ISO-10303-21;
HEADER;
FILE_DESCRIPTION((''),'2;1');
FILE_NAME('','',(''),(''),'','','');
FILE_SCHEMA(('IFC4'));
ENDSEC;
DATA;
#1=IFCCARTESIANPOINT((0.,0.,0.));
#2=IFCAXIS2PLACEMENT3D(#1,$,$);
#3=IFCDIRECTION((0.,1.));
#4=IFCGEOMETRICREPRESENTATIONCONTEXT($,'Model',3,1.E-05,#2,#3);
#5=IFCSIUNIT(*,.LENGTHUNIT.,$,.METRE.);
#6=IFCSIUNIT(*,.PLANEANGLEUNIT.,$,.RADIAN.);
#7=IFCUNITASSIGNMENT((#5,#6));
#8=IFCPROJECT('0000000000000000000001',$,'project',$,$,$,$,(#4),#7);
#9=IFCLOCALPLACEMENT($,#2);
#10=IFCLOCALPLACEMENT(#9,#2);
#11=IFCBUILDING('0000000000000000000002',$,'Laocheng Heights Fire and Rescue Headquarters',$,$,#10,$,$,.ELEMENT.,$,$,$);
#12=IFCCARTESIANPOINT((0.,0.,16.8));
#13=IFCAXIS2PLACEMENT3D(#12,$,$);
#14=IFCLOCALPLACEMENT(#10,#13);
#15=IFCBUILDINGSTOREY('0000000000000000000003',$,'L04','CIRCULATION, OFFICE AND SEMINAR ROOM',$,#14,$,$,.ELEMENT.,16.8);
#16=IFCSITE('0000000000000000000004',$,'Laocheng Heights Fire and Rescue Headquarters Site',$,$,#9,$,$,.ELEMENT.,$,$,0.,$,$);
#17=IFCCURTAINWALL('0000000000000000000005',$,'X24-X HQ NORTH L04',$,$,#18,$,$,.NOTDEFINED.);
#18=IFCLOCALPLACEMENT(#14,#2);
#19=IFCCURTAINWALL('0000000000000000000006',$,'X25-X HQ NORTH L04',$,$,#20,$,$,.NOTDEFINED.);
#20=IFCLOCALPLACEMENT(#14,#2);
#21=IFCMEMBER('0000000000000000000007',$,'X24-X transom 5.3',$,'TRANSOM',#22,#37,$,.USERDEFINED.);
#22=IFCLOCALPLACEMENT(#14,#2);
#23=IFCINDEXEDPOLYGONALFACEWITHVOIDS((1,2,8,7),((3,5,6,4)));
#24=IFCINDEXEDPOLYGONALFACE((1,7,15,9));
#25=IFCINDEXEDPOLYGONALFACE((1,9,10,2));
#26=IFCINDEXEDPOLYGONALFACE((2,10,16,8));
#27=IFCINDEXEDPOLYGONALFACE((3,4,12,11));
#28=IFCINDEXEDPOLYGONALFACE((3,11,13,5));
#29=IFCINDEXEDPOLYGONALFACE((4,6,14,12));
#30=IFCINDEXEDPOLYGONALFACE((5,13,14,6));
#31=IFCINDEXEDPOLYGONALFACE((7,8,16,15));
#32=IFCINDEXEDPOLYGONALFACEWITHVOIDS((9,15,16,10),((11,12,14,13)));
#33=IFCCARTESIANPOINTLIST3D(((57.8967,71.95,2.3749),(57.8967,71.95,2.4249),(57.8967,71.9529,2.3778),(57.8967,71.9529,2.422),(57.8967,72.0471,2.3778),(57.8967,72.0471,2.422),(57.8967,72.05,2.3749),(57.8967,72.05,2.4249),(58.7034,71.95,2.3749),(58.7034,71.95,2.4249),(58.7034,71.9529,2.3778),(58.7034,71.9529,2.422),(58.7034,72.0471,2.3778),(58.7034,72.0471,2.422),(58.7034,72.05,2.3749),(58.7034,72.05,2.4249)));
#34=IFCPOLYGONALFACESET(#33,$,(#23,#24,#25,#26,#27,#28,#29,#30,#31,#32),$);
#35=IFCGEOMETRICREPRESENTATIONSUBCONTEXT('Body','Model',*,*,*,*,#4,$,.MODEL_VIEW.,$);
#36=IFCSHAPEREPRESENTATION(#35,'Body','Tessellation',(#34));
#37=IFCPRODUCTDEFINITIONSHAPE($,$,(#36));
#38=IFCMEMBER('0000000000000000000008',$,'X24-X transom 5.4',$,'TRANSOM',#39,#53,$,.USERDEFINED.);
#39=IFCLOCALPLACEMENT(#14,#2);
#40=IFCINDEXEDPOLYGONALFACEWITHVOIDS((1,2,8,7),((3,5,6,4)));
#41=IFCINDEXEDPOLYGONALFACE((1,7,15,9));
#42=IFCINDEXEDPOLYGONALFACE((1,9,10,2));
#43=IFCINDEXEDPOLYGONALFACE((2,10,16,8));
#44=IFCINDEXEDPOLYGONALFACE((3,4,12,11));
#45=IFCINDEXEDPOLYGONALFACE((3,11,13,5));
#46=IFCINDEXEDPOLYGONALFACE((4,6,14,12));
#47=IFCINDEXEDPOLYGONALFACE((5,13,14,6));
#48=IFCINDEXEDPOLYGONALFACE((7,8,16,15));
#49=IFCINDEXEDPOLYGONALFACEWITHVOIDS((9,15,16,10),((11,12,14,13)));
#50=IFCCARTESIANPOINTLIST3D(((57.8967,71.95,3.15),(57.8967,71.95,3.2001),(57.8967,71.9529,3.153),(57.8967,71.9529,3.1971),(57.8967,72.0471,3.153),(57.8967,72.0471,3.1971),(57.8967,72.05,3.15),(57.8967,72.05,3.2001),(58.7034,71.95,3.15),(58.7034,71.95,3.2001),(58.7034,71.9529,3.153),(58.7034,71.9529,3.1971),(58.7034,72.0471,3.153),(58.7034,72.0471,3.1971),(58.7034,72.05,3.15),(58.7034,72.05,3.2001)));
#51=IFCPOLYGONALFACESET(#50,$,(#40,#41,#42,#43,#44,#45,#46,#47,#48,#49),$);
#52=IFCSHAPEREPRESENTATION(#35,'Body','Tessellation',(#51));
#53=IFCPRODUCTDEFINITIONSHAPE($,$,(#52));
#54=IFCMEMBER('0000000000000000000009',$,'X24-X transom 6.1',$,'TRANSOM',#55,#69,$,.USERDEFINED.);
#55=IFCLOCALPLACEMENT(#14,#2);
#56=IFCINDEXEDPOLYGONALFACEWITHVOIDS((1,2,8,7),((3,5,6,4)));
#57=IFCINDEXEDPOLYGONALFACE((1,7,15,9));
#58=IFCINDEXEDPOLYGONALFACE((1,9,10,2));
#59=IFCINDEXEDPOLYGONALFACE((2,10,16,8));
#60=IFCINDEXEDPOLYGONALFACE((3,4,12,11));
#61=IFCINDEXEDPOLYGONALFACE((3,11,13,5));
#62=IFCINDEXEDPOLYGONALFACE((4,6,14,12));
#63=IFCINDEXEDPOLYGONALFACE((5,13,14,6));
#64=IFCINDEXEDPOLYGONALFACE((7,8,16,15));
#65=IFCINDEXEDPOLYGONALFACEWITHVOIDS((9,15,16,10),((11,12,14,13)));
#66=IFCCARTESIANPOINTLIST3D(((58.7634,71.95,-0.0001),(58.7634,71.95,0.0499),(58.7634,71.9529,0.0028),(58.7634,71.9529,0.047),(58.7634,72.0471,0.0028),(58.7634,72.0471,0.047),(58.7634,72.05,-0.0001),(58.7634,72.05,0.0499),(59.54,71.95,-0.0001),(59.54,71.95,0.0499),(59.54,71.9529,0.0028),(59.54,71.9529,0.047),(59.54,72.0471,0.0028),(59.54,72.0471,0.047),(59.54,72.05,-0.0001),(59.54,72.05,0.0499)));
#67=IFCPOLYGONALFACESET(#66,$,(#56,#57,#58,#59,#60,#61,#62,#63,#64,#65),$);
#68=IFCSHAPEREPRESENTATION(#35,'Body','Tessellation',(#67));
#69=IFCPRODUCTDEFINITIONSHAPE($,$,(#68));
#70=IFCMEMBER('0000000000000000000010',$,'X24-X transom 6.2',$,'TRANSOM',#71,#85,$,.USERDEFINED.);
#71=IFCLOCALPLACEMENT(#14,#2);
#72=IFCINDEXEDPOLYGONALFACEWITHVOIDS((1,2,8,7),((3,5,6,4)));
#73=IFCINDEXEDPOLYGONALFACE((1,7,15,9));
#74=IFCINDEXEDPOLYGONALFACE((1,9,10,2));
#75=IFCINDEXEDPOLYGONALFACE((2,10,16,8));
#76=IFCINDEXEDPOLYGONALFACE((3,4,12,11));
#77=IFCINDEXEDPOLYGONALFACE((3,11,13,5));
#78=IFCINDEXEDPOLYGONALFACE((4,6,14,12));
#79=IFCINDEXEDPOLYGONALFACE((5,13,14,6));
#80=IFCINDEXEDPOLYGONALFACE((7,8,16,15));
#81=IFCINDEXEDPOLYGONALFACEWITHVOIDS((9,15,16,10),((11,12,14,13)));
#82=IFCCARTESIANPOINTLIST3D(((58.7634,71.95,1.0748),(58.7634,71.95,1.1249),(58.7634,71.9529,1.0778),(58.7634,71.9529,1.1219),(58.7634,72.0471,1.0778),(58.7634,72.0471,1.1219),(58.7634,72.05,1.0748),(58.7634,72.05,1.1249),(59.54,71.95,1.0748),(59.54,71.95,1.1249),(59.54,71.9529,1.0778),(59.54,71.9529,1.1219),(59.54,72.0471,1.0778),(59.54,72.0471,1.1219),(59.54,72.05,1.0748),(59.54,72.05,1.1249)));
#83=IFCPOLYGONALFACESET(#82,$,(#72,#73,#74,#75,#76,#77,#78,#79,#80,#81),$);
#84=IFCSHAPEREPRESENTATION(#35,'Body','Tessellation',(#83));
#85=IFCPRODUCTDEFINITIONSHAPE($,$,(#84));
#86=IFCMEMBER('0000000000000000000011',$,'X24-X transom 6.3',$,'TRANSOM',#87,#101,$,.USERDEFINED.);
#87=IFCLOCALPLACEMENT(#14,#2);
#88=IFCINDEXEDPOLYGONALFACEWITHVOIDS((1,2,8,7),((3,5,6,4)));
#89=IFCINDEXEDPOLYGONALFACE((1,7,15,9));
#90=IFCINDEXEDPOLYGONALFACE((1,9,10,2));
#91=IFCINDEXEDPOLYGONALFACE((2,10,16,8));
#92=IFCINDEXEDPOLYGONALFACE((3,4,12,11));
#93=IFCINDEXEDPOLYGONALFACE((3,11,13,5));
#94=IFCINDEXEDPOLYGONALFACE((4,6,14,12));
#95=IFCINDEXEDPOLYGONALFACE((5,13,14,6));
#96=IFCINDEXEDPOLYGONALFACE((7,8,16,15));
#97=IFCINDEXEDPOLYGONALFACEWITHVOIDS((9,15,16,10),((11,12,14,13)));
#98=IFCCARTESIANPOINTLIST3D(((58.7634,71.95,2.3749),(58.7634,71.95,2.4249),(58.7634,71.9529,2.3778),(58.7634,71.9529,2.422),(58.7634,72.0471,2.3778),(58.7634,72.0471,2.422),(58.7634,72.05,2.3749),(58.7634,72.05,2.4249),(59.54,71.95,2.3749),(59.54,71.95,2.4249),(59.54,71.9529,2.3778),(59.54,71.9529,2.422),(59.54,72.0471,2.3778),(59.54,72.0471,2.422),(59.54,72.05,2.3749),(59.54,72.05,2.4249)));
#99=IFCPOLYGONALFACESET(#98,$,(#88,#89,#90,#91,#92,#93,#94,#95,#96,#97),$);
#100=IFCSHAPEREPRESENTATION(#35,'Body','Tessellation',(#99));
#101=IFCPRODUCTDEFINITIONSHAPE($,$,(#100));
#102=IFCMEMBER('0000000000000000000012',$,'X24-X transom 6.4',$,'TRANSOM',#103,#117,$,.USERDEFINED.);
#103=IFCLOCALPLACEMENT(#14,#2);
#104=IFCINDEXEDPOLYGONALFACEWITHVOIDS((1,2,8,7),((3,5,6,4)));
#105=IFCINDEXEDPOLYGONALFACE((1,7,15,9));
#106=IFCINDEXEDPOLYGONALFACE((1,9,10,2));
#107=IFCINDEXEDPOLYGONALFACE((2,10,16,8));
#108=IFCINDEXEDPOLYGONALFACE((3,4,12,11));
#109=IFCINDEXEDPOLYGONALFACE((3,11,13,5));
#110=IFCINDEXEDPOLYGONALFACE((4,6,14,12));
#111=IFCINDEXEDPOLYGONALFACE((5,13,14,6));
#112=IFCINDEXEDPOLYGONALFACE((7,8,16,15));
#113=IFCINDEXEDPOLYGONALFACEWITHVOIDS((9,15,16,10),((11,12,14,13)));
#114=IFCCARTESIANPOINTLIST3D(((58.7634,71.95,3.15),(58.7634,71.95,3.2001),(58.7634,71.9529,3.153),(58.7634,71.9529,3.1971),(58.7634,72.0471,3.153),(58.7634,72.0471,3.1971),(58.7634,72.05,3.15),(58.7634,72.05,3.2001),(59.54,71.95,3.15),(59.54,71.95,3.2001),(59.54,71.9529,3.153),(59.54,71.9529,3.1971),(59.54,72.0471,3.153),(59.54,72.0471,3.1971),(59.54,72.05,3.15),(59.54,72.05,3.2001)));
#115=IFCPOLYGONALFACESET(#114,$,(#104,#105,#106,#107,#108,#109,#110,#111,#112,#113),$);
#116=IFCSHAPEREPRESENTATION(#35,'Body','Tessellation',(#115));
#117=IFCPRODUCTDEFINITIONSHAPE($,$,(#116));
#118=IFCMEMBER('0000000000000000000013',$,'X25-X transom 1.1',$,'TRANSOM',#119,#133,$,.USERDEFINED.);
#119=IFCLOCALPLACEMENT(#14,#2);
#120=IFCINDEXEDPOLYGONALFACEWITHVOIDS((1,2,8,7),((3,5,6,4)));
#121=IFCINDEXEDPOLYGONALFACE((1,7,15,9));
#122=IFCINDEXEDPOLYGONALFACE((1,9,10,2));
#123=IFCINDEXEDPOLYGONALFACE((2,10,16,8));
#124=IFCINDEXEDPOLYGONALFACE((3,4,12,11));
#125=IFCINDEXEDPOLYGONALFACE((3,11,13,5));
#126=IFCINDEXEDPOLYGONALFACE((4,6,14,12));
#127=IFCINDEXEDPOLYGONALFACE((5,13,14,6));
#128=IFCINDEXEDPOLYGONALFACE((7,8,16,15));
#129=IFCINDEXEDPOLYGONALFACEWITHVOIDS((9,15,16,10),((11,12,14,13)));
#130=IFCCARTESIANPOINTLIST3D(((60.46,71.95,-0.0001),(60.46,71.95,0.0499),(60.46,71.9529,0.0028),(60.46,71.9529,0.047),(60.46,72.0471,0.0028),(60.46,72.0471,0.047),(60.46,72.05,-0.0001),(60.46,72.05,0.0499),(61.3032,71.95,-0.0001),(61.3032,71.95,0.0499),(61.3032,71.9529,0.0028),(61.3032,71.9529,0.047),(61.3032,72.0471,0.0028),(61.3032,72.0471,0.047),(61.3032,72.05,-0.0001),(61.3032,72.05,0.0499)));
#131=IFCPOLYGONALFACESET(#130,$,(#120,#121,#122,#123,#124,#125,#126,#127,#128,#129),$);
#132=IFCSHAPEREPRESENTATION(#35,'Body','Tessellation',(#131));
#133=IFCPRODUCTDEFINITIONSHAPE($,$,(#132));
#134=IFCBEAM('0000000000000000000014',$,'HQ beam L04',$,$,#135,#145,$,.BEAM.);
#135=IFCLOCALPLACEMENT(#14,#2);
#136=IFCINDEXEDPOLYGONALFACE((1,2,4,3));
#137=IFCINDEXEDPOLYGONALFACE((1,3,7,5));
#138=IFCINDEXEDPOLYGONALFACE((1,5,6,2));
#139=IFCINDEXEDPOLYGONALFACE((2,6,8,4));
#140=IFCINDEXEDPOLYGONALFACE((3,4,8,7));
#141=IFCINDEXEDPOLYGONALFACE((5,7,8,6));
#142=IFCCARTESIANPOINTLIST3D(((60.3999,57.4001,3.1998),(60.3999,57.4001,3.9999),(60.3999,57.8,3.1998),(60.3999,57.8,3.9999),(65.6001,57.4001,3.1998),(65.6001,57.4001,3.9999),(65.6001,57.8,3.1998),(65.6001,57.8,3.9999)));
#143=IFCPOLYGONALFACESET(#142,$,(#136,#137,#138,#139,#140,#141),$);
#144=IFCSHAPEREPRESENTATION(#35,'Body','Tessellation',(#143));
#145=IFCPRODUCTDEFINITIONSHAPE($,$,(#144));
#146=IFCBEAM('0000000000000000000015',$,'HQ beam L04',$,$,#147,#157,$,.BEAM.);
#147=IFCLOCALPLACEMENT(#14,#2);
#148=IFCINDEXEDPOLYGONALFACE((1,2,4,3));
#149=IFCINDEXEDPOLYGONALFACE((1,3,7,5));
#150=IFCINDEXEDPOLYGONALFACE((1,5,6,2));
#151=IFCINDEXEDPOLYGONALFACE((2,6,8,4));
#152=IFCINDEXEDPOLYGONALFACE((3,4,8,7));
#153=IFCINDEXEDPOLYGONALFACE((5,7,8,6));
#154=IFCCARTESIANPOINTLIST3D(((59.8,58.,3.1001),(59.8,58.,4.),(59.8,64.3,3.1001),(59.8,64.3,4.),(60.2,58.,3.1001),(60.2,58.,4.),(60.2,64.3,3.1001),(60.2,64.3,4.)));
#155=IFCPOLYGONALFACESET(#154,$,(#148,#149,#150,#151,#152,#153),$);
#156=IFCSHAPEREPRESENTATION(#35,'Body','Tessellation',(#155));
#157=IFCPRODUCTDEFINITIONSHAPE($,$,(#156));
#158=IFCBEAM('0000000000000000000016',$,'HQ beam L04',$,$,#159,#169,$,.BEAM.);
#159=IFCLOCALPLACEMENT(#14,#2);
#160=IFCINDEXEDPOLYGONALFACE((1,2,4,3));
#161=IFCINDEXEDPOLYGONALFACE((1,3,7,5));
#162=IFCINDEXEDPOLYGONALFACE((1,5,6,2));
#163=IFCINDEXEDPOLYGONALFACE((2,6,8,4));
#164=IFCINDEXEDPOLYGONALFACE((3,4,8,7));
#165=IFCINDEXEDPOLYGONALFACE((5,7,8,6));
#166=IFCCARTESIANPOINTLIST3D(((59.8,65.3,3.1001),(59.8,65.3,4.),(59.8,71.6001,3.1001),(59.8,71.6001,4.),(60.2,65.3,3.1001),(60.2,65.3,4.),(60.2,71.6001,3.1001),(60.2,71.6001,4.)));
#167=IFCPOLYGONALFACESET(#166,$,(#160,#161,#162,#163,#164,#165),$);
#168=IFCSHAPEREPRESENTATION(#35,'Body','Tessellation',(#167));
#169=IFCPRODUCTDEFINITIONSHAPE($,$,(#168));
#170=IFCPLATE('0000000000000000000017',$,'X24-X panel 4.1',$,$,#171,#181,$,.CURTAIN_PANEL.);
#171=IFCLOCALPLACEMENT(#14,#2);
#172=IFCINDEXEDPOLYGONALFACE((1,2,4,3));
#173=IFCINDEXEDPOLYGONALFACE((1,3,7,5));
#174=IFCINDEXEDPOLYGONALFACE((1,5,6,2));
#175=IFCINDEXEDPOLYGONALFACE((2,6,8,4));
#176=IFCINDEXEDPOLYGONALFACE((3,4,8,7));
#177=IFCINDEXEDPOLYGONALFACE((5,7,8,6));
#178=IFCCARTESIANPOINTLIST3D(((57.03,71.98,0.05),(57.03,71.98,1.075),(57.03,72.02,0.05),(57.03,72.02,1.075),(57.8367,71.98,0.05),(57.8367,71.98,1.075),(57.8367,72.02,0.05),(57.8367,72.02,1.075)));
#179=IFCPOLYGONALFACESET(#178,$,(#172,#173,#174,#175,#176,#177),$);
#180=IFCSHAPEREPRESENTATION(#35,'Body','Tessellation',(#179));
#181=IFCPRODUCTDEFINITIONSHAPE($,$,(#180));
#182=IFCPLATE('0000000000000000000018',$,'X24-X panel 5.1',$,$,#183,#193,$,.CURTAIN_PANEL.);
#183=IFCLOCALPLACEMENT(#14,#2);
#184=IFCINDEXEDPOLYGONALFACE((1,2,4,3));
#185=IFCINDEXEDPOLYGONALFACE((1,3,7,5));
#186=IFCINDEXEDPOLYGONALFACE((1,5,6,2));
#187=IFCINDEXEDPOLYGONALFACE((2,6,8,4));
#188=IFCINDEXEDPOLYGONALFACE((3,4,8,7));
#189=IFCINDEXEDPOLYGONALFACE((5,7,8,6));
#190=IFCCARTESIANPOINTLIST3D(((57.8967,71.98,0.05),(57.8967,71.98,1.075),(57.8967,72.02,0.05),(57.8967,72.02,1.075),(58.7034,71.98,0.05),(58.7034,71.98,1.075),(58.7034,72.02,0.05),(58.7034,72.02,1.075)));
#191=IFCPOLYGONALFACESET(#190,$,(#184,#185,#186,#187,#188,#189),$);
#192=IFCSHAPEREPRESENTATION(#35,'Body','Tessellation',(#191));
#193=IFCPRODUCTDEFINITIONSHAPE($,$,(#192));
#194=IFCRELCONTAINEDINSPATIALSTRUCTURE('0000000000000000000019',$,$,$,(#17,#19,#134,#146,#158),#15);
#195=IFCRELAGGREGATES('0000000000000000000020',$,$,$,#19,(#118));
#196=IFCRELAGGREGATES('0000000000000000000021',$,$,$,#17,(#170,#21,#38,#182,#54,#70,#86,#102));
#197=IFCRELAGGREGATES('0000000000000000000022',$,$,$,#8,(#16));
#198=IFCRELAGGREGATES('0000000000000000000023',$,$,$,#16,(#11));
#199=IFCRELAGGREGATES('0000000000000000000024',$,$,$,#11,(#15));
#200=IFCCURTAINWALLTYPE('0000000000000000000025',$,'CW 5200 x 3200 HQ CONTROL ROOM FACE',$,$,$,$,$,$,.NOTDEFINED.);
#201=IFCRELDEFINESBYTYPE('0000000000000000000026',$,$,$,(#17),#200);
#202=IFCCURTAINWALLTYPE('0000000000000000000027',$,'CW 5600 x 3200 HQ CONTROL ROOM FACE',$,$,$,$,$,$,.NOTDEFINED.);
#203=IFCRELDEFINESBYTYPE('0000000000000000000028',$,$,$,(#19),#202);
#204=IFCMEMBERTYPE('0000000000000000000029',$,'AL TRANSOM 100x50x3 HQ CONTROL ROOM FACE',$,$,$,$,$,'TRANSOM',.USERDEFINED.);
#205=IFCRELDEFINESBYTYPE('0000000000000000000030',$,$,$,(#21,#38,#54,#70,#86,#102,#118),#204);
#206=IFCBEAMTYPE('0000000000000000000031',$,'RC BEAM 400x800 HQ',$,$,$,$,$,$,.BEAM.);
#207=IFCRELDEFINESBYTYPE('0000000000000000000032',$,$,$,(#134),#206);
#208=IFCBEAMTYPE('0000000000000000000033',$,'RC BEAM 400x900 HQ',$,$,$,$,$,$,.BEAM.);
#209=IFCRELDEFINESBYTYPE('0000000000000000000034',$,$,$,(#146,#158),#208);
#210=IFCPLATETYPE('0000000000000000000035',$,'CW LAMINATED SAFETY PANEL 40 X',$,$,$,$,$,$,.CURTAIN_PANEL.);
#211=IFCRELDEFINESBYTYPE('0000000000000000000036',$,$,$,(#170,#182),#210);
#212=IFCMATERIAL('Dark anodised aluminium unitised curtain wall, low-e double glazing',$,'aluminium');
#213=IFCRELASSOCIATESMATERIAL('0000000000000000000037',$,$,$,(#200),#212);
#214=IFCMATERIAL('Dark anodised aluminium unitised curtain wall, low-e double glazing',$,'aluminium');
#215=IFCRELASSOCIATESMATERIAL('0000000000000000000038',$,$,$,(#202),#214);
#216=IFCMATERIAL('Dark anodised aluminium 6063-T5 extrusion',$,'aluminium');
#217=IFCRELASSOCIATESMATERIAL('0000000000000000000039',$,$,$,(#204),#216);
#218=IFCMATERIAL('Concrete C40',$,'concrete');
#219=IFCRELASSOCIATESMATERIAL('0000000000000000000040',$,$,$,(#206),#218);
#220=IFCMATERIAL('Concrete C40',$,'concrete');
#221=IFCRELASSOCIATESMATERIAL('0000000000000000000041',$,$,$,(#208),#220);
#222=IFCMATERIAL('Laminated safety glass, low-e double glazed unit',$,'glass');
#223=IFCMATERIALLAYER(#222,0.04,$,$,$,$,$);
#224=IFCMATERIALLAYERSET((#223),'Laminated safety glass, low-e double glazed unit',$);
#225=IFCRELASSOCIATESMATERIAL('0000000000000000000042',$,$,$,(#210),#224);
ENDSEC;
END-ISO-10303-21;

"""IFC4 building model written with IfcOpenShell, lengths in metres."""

from ifc_helpers import new_model, si_unit, direction, frame, origin, origin_2d, place, context, subcontext, project, spatial, rectangle, hollow_rectangle, extrude, material, layer, layer_set, material_profile, profile_set, type_object, element, aggregate, save


model = new_model("IFC4")

# Units and contexts
model_context = context("Model", 3, precision=1e-05, world=origin(), true_north=direction((0.0, 1.0)))
body_context = subcontext(model_context, "Body", "Model", "MODEL_VIEW")
ifc_project = project(units=[si_unit("LENGTHUNIT", "METRE"), si_unit("PLANEANGLEUNIT", "RADIAN")], contexts=[model_context])

# Site, building, storey
site_placement = place(None, origin())
site = spatial("IfcSite", under=ifc_project, at=site_placement, Name="Laocheng Heights Fire and Rescue Headquarters Site", CompositionType="ELEMENT", RefElevation=0.0)
building_placement = place(site_placement, origin())
building = spatial("IfcBuilding", under=site, at=building_placement, Name="Laocheng Heights Fire and Rescue Headquarters", CompositionType="ELEMENT")
storey_placement = place(building_placement, frame((0.0, 0.0, 16.8)))
storey = spatial("IfcBuildingStorey", under=building, at=storey_placement, Name="L04", Description="CIRCULATION, OFFICE AND SEMINAR ROOM", CompositionType="ELEMENT", Elevation=16.8)

# Curtain wall
ifc_material_1 = material(Name="Dark anodised aluminium unitised curtain wall, low-e double glazing", Category="aluminium")
curtain_wall_type_1 = type_object("IfcCurtainWallType", Name="CW 5200 x 3200 HQ CONTROL ROOM FACE", PredefinedType="NOTDEFINED", material=ifc_material_1)
curtain_wall_1_placement = place(storey_placement, origin())
curtain_wall_1 = element("IfcCurtainWall", 1, at=curtain_wall_1_placement, inside=storey, type_object=curtain_wall_type_1, Name="X24-X HQ NORTH L04", PredefinedType="NOTDEFINED")

# Curtain wall
ifc_material_2 = material(Name="Dark anodised aluminium unitised curtain wall, low-e double glazing", Category="aluminium")
curtain_wall_type_2 = type_object("IfcCurtainWallType", Name="CW 5600 x 3200 HQ CONTROL ROOM FACE", PredefinedType="NOTDEFINED", material=ifc_material_2)
curtain_wall_2_placement = place(storey_placement, origin())
curtain_wall_2 = element("IfcCurtainWall", 2, at=curtain_wall_2_placement, inside=storey, type_object=curtain_wall_type_2, Name="X25-X HQ NORTH L04", PredefinedType="NOTDEFINED")

# Members
ifc_material_3 = material(Name="Dark anodised aluminium 6063-T5 extrusion", Category="aluminium")
ifc_material_profile_1 = material_profile(ifc_material_3, hollow_rectangle(XDim=0.1001, YDim=0.05, WallThickness=0.0029, at=origin_2d()), Name="AL TRANSOM 100x50x3 HQ CONTROL ROOM FACE")
ifc_profile_set_1 = profile_set([ifc_material_profile_1], Name="Dark anodised aluminium 6063-T5 extrusion")
member_type_1 = type_object("IfcMemberType", Name="AL TRANSOM 100x50x3 HQ CONTROL ROOM FACE", ElementType="TRANSOM", PredefinedType="USERDEFINED", material=ifc_profile_set_1)
member_1_placement = place(storey_placement, frame((57.8967, 72.0, 2.3999), z_axis=(1.0, 0.0, 0.0), x_axis=(0.0, 1.0, 0.0)))
member_1 = element("IfcMember", 3, at=member_1_placement, type_object=member_type_1, Name="X24-X transom 5.3", ObjectType="TRANSOM", PredefinedType="USERDEFINED", context=body_context, shape_type="SweptSolid", body=[
    extrude(hollow_rectangle(XDim=0.1001, YDim=0.05, WallThickness=0.0029, at=origin_2d()), origin(), (0.0, 0.0, 1.0), 0.8066),
])
member_2_placement = place(storey_placement, frame((57.8967, 72.0, 3.175), z_axis=(1.0, 0.0, 0.0), x_axis=(0.0, 1.0, 0.0)))
member_2 = element("IfcMember", 4, at=member_2_placement, type_object=member_type_1, Name="X24-X transom 5.4", ObjectType="TRANSOM", PredefinedType="USERDEFINED", context=body_context, shape_type="SweptSolid", body=[
    extrude(hollow_rectangle(XDim=0.1001, YDim=0.05, WallThickness=0.0029, at=origin_2d()), origin(), (0.0, 0.0, 1.0), 0.8066),
])
member_3_placement = place(storey_placement, frame((58.7634, 72.0, 0.0249), z_axis=(1.0, 0.0, 0.0), x_axis=(0.0, 1.0, 0.0)))
member_3 = element("IfcMember", 5, at=member_3_placement, type_object=member_type_1, Name="X24-X transom 6.1", ObjectType="TRANSOM", PredefinedType="USERDEFINED", context=body_context, shape_type="SweptSolid", body=[
    extrude(hollow_rectangle(XDim=0.1001, YDim=0.05, WallThickness=0.0029, at=origin_2d()), origin(), (0.0, 0.0, 1.0), 0.7766),
])
member_4_placement = place(storey_placement, frame((58.7634, 72.0, 1.0999), z_axis=(1.0, 0.0, 0.0), x_axis=(0.0, 1.0, 0.0)))
member_4 = element("IfcMember", 6, at=member_4_placement, type_object=member_type_1, Name="X24-X transom 6.2", ObjectType="TRANSOM", PredefinedType="USERDEFINED", context=body_context, shape_type="SweptSolid", body=[
    extrude(hollow_rectangle(XDim=0.1001, YDim=0.05, WallThickness=0.0029, at=origin_2d()), origin(), (0.0, 0.0, 1.0), 0.7766),
])
member_5_placement = place(storey_placement, frame((58.7634, 72.0, 2.3999), z_axis=(1.0, 0.0, 0.0), x_axis=(0.0, 1.0, 0.0)))
member_5 = element("IfcMember", 7, at=member_5_placement, type_object=member_type_1, Name="X24-X transom 6.3", ObjectType="TRANSOM", PredefinedType="USERDEFINED", context=body_context, shape_type="SweptSolid", body=[
    extrude(hollow_rectangle(XDim=0.1001, YDim=0.05, WallThickness=0.0029, at=origin_2d()), origin(), (0.0, 0.0, 1.0), 0.7766),
])
member_6_placement = place(storey_placement, frame((58.7634, 72.0, 3.175), z_axis=(1.0, 0.0, 0.0), x_axis=(0.0, 1.0, 0.0)))
member_6 = element("IfcMember", 8, at=member_6_placement, type_object=member_type_1, Name="X24-X transom 6.4", ObjectType="TRANSOM", PredefinedType="USERDEFINED", context=body_context, shape_type="SweptSolid", body=[
    extrude(hollow_rectangle(XDim=0.1001, YDim=0.05, WallThickness=0.0029, at=origin_2d()), origin(), (0.0, 0.0, 1.0), 0.7766),
])
member_7_placement = place(storey_placement, frame((60.46, 72.0, 0.0249), z_axis=(1.0, 0.0, 0.0), x_axis=(0.0, 1.0, 0.0)))
member_7 = element("IfcMember", 9, at=member_7_placement, type_object=member_type_1, Name="X25-X transom 1.1", ObjectType="TRANSOM", PredefinedType="USERDEFINED", context=body_context, shape_type="SweptSolid", body=[
    extrude(hollow_rectangle(XDim=0.1001, YDim=0.05, WallThickness=0.0029, at=origin_2d()), origin(), (0.0, 0.0, 1.0), 0.8433),
])
aggregate(curtain_wall_2, [member_7])

# Beams
ifc_material_4 = material(Name="Concrete C40", Category="concrete")
ifc_material_profile_2 = material_profile(ifc_material_4, rectangle(XDim=0.3999, YDim=0.8, at=origin_2d()), Name="RC BEAM 400x800 HQ")
ifc_profile_set_2 = profile_set([ifc_material_profile_2], Name="Concrete C40")
beam_type_1 = type_object("IfcBeamType", Name="RC BEAM 400x800 HQ", PredefinedType="BEAM", material=ifc_profile_set_2)
beam_placement = place(storey_placement, frame((60.3999, 57.6001, 3.5999), z_axis=(1.0, 0.0, 0.0), x_axis=(0.0, 1.0, 0.0)))
element("IfcBeam", 10, at=beam_placement, inside=storey, type_object=beam_type_1, Name="HQ beam L04", PredefinedType="BEAM", context=body_context, shape_type="SweptSolid", body=[
    extrude(rectangle(XDim=0.3999, YDim=0.8, at=origin_2d()), origin(), (0.0, 0.0, 1.0), 5.2002),
])
ifc_material_5 = material(Name="Concrete C40", Category="concrete")
ifc_material_profile_3 = material_profile(ifc_material_5, rectangle(XDim=0.3999, YDim=0.8999, at=origin_2d()), Name="RC BEAM 400x900 HQ")
ifc_profile_set_3 = profile_set([ifc_material_profile_3], Name="Concrete C40")
beam_type_2 = type_object("IfcBeamType", Name="RC BEAM 400x900 HQ", PredefinedType="BEAM", material=ifc_profile_set_3)
for number, where, z_axis, x_axis, name in (
    (11, (60.0, 58.0, 3.55), (0.0, 1.0, 0.0), (-1.0, 0.0, 0.0), "HQ beam L04"),
    (12, (60.0, 65.3, 3.55), (0.0, 1.0, 0.0), (-1.0, 0.0, 0.0), "HQ beam L04"),
):
    element("IfcBeam", number, at=place(storey_placement, frame(where, z_axis=z_axis, x_axis=x_axis)), inside=storey, type_object=beam_type_2, Name=name, PredefinedType="BEAM", context=body_context, shape_type="SweptSolid", body=[
        extrude(rectangle(XDim=0.3999, YDim=0.8999, at=origin_2d()), origin(), (0.0, 0.0, 1.0), 6.3),
    ])

# Plates
ifc_material_6 = material(Name="Laminated safety glass, low-e double glazed unit", Category="glass")
ifc_layer_1 = layer(ifc_material_6, 0.04)
ifc_layer_set_1 = layer_set([ifc_layer_1], Name="Laminated safety glass, low-e double glazed unit")
plate_type_1 = type_object("IfcPlateType", Name="CW LAMINATED SAFETY PANEL 40 X", PredefinedType="CURTAIN_PANEL", material=ifc_layer_set_1)
plate_1_placement = place(storey_placement, frame((57.4333, 72.0, 0.05), z_axis=(0.0, 0.0, 1.0), x_axis=(1.0, 0.0, 0.0)))
plate_1 = element("IfcPlate", 13, at=plate_1_placement, type_object=plate_type_1, Name="X24-X panel 4.1", PredefinedType="CURTAIN_PANEL", context=body_context, shape_type="SweptSolid", body=[
    extrude(rectangle(XDim=0.8066, YDim=0.04, at=origin_2d()), origin(), (0.0, 0.0, 1.0), 1.0249),
])
plate_2_placement = place(storey_placement, frame((58.3, 72.0, 0.05), z_axis=(0.0, 0.0, 1.0), x_axis=(1.0, 0.0, 0.0)))
plate_2 = element("IfcPlate", 14, at=plate_2_placement, type_object=plate_type_1, Name="X24-X panel 5.1", PredefinedType="CURTAIN_PANEL", context=body_context, shape_type="SweptSolid", body=[
    extrude(rectangle(XDim=0.8066, YDim=0.04, at=origin_2d()), origin(), (0.0, 0.0, 1.0), 1.0249),
])
aggregate(curtain_wall_1, [plate_1, member_1, member_2, plate_2, member_3, member_4, member_5, member_6])

save(model, "model.ifc")
